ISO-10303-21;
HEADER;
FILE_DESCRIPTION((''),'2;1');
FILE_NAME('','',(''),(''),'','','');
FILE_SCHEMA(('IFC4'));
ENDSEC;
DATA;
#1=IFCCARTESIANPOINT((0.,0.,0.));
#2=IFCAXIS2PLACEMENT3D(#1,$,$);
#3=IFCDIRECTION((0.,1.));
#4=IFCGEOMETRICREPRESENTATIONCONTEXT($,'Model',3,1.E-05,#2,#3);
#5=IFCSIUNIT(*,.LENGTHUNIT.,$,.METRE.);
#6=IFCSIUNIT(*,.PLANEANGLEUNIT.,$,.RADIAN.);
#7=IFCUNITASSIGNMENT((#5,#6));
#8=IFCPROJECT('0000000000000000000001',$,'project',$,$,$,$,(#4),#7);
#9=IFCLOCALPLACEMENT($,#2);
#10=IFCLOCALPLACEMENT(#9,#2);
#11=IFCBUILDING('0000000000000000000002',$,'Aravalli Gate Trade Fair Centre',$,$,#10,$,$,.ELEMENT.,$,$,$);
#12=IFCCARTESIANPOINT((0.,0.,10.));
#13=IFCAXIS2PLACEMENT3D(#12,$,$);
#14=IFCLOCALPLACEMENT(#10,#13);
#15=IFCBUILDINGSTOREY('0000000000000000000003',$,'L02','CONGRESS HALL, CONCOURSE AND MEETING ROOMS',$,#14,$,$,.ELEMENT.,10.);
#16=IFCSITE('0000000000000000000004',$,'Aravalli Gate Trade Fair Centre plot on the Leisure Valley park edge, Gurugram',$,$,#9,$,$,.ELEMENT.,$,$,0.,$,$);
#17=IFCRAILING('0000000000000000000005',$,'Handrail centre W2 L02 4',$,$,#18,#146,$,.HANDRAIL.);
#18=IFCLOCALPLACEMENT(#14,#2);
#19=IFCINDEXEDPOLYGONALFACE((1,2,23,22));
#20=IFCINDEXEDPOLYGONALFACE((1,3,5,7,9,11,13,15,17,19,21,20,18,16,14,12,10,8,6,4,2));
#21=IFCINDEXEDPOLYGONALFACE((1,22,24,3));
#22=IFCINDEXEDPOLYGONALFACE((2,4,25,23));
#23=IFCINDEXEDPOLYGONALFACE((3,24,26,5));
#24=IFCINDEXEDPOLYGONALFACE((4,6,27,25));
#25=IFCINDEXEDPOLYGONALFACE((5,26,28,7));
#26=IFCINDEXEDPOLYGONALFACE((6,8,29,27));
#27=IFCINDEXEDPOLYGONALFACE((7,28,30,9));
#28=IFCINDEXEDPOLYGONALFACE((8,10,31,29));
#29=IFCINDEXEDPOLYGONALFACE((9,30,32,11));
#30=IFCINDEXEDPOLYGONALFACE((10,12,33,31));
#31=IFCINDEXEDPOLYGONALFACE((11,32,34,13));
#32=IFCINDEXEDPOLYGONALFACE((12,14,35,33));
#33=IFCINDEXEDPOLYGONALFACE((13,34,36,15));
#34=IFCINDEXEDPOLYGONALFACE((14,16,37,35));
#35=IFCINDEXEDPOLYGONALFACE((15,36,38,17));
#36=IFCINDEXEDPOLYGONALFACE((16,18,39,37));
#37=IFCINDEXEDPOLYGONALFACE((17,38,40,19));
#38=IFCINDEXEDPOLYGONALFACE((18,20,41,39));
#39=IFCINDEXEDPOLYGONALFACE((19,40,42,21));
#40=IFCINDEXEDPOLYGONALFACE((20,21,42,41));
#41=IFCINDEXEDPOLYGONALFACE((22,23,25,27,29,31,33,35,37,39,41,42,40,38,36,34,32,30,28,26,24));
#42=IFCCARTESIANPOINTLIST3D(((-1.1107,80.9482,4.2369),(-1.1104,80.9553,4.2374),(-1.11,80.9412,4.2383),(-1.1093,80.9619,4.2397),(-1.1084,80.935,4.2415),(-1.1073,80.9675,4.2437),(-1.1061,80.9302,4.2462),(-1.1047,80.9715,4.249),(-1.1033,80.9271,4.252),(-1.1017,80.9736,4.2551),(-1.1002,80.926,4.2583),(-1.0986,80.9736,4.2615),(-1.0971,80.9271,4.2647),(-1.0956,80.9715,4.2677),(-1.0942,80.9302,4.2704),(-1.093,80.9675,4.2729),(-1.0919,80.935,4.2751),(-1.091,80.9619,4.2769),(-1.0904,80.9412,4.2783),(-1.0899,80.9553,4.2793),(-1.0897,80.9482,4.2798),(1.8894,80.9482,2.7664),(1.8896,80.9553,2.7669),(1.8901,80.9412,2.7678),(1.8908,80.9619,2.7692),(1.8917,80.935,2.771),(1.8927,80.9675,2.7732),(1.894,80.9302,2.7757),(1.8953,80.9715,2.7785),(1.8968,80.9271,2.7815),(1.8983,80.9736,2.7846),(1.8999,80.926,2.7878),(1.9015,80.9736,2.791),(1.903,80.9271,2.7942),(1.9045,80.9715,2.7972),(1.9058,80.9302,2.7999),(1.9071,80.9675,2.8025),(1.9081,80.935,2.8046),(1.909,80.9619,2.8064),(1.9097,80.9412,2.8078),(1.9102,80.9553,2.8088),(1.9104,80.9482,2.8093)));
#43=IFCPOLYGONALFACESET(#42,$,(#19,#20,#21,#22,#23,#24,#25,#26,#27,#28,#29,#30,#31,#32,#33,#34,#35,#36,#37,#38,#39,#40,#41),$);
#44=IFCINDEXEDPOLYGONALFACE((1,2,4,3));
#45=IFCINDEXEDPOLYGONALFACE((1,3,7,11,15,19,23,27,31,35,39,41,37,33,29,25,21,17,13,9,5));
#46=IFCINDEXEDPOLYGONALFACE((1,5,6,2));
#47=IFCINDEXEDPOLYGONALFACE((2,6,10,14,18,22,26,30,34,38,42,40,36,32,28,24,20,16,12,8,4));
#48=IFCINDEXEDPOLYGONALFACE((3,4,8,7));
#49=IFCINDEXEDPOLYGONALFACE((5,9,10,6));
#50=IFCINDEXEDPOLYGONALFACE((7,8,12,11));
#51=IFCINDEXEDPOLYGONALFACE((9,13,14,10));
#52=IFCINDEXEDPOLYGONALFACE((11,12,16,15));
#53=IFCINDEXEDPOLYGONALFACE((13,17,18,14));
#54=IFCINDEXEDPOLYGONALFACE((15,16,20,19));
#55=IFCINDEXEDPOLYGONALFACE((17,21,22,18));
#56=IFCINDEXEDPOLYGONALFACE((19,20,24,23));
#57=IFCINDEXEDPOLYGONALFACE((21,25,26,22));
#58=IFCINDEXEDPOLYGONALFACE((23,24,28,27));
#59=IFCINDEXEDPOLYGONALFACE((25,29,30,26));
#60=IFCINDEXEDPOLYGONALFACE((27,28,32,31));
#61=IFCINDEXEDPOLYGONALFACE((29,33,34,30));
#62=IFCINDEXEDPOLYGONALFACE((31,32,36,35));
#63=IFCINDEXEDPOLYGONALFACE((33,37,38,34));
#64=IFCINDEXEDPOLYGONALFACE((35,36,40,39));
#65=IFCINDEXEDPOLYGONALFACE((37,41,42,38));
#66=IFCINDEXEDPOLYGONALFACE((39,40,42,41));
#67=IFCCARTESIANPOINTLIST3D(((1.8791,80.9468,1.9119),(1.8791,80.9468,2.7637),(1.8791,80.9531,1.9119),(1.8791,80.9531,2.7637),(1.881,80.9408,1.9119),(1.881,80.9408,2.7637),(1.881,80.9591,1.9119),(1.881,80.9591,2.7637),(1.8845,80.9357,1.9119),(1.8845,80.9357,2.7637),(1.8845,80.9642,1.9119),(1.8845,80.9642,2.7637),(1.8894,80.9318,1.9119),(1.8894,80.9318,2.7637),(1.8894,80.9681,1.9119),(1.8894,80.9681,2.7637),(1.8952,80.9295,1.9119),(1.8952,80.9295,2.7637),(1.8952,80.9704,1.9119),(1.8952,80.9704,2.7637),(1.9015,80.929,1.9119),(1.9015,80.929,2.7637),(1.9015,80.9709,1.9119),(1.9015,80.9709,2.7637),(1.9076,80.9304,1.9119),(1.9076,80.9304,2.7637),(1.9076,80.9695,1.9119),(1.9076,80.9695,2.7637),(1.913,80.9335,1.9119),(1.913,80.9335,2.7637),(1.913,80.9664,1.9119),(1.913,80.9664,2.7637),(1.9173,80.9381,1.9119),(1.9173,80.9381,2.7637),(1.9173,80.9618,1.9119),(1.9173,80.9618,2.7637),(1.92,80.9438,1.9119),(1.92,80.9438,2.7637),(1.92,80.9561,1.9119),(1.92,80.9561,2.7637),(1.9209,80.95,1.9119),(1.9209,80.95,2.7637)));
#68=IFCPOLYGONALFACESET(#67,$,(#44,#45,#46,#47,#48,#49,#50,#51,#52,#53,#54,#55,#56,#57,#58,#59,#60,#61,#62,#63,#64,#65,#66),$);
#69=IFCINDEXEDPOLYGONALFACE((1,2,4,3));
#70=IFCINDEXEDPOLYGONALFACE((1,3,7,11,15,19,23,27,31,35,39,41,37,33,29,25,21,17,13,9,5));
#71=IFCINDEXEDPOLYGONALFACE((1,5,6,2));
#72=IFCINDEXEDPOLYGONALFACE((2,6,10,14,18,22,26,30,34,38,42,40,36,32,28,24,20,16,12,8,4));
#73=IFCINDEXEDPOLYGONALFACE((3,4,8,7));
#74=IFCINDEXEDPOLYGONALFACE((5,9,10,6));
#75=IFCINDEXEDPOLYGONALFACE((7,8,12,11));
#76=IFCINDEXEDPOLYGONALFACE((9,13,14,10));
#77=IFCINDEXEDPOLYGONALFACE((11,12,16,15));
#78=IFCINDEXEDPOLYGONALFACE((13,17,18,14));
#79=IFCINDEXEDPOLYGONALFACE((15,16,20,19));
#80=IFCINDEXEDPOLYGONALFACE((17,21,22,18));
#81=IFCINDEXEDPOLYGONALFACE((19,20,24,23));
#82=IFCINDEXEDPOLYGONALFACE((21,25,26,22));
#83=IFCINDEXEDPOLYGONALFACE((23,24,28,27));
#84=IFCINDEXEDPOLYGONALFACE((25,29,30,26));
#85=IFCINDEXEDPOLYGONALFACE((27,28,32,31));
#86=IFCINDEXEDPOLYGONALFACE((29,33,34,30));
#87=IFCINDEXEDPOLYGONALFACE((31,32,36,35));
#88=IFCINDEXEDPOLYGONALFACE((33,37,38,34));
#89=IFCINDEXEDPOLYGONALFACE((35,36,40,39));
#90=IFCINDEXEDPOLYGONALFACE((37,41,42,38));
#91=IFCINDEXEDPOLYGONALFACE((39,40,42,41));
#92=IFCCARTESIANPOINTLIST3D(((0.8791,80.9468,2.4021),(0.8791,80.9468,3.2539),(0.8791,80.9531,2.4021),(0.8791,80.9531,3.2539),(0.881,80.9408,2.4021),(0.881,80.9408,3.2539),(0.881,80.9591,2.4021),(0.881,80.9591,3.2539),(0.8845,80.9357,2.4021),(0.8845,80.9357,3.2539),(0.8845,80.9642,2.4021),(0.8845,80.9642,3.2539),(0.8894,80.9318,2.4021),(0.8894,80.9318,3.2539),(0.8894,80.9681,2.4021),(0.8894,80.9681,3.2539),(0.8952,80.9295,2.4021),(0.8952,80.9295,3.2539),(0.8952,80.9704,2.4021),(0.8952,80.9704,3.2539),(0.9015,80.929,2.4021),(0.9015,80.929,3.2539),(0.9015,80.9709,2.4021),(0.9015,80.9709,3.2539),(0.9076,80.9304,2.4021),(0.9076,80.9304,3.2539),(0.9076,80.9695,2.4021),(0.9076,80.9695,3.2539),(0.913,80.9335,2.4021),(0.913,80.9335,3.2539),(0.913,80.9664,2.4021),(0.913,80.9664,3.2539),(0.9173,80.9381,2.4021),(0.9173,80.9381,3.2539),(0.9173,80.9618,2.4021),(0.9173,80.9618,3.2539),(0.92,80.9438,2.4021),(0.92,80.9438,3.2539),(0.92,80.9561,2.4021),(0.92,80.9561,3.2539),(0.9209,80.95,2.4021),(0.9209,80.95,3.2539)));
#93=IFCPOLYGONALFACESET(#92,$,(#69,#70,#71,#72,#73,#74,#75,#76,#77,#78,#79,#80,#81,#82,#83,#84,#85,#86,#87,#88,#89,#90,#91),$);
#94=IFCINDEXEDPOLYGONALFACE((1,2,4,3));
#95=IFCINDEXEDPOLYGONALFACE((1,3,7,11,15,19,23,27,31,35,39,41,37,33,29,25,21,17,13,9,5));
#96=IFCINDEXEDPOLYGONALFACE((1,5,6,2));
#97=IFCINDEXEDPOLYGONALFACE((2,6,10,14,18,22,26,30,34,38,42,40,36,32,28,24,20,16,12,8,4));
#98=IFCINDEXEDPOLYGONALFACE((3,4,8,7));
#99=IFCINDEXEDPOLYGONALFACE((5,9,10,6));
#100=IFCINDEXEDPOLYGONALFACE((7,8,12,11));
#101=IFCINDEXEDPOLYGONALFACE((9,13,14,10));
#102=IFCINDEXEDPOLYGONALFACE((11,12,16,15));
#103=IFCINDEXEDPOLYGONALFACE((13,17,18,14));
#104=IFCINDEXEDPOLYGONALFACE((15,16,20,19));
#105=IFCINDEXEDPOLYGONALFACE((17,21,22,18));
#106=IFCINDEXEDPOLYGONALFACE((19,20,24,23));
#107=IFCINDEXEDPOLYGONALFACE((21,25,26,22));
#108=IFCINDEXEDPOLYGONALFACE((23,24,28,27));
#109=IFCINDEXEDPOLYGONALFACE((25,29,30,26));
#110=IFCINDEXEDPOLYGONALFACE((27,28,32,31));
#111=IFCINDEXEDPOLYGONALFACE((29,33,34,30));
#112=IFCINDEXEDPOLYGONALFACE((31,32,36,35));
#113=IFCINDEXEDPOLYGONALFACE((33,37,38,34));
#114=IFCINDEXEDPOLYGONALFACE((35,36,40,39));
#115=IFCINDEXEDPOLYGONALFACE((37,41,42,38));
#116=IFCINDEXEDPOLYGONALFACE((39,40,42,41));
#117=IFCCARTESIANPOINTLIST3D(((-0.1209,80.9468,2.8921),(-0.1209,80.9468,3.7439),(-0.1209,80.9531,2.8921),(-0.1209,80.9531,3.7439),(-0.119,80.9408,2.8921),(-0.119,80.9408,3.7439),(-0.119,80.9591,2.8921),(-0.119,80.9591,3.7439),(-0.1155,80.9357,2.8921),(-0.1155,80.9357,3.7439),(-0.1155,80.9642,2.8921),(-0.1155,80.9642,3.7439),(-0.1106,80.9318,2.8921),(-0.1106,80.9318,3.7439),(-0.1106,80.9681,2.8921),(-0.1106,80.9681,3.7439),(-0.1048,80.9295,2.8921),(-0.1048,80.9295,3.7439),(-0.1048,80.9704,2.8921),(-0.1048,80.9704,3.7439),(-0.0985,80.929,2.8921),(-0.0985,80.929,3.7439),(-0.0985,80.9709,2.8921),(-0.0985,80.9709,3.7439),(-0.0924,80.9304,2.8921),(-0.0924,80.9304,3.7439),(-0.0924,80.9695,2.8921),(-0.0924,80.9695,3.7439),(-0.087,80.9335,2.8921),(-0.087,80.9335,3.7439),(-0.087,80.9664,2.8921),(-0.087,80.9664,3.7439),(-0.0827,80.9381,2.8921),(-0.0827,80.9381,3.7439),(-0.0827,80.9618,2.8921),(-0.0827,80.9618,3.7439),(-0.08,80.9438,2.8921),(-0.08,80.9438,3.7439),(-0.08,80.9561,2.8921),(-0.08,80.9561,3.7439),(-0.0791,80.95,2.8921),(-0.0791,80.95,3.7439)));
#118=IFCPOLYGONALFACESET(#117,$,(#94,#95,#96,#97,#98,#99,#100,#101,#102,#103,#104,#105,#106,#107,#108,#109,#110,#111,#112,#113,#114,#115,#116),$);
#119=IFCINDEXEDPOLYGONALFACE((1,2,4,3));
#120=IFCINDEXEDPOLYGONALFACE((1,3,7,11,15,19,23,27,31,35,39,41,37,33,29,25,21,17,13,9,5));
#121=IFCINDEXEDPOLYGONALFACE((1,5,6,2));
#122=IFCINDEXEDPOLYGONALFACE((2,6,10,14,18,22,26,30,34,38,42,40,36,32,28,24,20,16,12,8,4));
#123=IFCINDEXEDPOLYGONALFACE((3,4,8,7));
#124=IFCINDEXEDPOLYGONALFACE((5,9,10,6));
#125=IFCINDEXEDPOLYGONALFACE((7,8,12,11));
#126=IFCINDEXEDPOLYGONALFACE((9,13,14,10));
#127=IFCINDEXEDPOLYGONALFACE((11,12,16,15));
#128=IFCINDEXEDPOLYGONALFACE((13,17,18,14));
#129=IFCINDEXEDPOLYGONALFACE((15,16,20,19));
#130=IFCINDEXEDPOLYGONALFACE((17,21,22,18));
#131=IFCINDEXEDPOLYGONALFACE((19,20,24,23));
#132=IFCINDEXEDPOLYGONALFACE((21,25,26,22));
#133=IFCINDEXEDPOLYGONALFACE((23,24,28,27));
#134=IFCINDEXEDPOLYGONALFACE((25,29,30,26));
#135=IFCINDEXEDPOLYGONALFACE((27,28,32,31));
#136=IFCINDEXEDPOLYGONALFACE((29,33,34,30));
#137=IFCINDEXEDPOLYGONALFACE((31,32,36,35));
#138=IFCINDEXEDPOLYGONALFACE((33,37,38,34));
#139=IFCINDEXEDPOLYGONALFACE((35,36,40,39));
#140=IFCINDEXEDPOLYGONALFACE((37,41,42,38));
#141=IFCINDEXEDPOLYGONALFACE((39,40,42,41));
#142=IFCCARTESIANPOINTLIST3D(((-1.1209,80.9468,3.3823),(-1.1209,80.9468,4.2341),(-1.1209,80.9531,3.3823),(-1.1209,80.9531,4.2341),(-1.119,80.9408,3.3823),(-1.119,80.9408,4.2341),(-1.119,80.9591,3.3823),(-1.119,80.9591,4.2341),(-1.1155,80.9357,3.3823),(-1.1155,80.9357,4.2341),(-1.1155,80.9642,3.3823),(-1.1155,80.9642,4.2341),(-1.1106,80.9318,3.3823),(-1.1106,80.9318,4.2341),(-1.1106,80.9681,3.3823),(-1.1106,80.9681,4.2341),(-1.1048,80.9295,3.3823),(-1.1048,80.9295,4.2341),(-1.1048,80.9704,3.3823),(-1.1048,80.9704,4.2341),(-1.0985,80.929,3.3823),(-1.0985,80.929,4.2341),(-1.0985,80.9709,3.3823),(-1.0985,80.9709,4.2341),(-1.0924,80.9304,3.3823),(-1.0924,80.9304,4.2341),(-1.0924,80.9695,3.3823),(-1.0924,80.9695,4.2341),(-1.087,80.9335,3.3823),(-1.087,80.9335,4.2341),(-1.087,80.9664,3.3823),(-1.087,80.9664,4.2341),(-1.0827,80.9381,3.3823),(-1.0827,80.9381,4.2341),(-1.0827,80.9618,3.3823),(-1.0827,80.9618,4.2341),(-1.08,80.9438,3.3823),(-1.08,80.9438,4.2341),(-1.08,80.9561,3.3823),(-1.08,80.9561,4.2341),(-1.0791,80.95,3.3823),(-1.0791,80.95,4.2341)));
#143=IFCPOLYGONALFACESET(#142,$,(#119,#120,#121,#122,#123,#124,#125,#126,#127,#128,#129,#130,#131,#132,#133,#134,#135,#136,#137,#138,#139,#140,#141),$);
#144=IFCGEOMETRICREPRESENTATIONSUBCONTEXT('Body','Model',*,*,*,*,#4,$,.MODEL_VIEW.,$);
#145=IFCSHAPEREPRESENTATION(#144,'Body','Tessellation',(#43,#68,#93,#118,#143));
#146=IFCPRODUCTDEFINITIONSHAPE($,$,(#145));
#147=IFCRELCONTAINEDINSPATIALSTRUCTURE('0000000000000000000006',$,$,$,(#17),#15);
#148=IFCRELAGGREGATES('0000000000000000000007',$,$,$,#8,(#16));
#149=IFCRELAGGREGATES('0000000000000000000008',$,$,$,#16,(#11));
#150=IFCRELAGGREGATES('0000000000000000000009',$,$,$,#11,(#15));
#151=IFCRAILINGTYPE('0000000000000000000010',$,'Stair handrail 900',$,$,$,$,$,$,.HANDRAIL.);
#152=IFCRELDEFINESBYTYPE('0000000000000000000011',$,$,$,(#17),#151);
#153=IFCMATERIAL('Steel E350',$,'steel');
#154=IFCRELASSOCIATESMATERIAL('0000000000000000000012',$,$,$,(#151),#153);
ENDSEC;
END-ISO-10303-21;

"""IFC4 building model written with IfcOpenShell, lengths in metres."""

from ifc_helpers import new_model, si_unit, direction, frame, origin, origin_2d, place, context, subcontext, project, spatial, circle, extrude, material, type_object, element, save


model = new_model("IFC4")

# Units and contexts
model_context = context("Model", 3, precision=1e-05, world=origin(), true_north=direction((0.0, 1.0)))
body_context = subcontext(model_context, "Body", "Model", "MODEL_VIEW")
ifc_project = project(units=[si_unit("LENGTHUNIT", "METRE"), si_unit("PLANEANGLEUNIT", "RADIAN")], contexts=[model_context])

# Site, building, storey
site_placement = place(None, origin())
site = spatial("IfcSite", under=ifc_project, at=site_placement, Name="Aravalli Gate Trade Fair Centre plot on the Leisure Valley park edge, Gurugram", CompositionType="ELEMENT", RefElevation=0.0)
building_placement = place(site_placement, origin())
building = spatial("IfcBuilding", under=site, at=building_placement, Name="Aravalli Gate Trade Fair Centre", CompositionType="ELEMENT")
storey_placement = place(building_placement, frame((0.0, 0.0, 10.0)))
storey = spatial("IfcBuildingStorey", under=building, at=storey_placement, Name="L02", Description="CONGRESS HALL, CONCOURSE AND MEETING ROOMS", CompositionType="ELEMENT", Elevation=10.0)

# Railing
ifc_material_1 = material(Name="Steel E350", Category="steel")
railing_type_1 = type_object("IfcRailingType", Name="Stair handrail 900", PredefinedType="HANDRAIL", material=ifc_material_1)
for number, where, name in (
    (1, (1.8999, 80.95, 1.9119), "Handrail centre W2 L02 4"),
):
    element("IfcRailing", number, at=place(storey_placement, frame(where)), inside=storey, type_object=railing_type_1, Name=name, PredefinedType="HANDRAIL", context=body_context, shape_type="SweptSolid", body=[
        extrude(circle(Radius=0.0239, at=origin_2d()), frame((0.0, 0.0, 0.876), z_axis=(-0.897936, 0.0, 0.440126), x_axis=(0.0, -1.0, 0.0)), (0.0, 0.0, 1.0), 3.3411),
        extrude(circle(Radius=0.021, at=origin_2d()), origin(), (0.0, 0.0, 1.0), 0.8518),
        extrude(circle(Radius=0.021, at=origin_2d()), frame((-1.0, 0.0, 0.4902)), (0.0, 0.0, 1.0), 0.8518),
        extrude(circle(Radius=0.021, at=origin_2d()), frame((-2.0, 0.0, 0.9802)), (0.0, 0.0, 1.0), 0.8518),
        extrude(circle(Radius=0.021, at=origin_2d()), frame((-3.0, 0.0, 1.4705)), (0.0, 0.0, 1.0), 0.8518),
    ])

save(model, "model.ifc")
